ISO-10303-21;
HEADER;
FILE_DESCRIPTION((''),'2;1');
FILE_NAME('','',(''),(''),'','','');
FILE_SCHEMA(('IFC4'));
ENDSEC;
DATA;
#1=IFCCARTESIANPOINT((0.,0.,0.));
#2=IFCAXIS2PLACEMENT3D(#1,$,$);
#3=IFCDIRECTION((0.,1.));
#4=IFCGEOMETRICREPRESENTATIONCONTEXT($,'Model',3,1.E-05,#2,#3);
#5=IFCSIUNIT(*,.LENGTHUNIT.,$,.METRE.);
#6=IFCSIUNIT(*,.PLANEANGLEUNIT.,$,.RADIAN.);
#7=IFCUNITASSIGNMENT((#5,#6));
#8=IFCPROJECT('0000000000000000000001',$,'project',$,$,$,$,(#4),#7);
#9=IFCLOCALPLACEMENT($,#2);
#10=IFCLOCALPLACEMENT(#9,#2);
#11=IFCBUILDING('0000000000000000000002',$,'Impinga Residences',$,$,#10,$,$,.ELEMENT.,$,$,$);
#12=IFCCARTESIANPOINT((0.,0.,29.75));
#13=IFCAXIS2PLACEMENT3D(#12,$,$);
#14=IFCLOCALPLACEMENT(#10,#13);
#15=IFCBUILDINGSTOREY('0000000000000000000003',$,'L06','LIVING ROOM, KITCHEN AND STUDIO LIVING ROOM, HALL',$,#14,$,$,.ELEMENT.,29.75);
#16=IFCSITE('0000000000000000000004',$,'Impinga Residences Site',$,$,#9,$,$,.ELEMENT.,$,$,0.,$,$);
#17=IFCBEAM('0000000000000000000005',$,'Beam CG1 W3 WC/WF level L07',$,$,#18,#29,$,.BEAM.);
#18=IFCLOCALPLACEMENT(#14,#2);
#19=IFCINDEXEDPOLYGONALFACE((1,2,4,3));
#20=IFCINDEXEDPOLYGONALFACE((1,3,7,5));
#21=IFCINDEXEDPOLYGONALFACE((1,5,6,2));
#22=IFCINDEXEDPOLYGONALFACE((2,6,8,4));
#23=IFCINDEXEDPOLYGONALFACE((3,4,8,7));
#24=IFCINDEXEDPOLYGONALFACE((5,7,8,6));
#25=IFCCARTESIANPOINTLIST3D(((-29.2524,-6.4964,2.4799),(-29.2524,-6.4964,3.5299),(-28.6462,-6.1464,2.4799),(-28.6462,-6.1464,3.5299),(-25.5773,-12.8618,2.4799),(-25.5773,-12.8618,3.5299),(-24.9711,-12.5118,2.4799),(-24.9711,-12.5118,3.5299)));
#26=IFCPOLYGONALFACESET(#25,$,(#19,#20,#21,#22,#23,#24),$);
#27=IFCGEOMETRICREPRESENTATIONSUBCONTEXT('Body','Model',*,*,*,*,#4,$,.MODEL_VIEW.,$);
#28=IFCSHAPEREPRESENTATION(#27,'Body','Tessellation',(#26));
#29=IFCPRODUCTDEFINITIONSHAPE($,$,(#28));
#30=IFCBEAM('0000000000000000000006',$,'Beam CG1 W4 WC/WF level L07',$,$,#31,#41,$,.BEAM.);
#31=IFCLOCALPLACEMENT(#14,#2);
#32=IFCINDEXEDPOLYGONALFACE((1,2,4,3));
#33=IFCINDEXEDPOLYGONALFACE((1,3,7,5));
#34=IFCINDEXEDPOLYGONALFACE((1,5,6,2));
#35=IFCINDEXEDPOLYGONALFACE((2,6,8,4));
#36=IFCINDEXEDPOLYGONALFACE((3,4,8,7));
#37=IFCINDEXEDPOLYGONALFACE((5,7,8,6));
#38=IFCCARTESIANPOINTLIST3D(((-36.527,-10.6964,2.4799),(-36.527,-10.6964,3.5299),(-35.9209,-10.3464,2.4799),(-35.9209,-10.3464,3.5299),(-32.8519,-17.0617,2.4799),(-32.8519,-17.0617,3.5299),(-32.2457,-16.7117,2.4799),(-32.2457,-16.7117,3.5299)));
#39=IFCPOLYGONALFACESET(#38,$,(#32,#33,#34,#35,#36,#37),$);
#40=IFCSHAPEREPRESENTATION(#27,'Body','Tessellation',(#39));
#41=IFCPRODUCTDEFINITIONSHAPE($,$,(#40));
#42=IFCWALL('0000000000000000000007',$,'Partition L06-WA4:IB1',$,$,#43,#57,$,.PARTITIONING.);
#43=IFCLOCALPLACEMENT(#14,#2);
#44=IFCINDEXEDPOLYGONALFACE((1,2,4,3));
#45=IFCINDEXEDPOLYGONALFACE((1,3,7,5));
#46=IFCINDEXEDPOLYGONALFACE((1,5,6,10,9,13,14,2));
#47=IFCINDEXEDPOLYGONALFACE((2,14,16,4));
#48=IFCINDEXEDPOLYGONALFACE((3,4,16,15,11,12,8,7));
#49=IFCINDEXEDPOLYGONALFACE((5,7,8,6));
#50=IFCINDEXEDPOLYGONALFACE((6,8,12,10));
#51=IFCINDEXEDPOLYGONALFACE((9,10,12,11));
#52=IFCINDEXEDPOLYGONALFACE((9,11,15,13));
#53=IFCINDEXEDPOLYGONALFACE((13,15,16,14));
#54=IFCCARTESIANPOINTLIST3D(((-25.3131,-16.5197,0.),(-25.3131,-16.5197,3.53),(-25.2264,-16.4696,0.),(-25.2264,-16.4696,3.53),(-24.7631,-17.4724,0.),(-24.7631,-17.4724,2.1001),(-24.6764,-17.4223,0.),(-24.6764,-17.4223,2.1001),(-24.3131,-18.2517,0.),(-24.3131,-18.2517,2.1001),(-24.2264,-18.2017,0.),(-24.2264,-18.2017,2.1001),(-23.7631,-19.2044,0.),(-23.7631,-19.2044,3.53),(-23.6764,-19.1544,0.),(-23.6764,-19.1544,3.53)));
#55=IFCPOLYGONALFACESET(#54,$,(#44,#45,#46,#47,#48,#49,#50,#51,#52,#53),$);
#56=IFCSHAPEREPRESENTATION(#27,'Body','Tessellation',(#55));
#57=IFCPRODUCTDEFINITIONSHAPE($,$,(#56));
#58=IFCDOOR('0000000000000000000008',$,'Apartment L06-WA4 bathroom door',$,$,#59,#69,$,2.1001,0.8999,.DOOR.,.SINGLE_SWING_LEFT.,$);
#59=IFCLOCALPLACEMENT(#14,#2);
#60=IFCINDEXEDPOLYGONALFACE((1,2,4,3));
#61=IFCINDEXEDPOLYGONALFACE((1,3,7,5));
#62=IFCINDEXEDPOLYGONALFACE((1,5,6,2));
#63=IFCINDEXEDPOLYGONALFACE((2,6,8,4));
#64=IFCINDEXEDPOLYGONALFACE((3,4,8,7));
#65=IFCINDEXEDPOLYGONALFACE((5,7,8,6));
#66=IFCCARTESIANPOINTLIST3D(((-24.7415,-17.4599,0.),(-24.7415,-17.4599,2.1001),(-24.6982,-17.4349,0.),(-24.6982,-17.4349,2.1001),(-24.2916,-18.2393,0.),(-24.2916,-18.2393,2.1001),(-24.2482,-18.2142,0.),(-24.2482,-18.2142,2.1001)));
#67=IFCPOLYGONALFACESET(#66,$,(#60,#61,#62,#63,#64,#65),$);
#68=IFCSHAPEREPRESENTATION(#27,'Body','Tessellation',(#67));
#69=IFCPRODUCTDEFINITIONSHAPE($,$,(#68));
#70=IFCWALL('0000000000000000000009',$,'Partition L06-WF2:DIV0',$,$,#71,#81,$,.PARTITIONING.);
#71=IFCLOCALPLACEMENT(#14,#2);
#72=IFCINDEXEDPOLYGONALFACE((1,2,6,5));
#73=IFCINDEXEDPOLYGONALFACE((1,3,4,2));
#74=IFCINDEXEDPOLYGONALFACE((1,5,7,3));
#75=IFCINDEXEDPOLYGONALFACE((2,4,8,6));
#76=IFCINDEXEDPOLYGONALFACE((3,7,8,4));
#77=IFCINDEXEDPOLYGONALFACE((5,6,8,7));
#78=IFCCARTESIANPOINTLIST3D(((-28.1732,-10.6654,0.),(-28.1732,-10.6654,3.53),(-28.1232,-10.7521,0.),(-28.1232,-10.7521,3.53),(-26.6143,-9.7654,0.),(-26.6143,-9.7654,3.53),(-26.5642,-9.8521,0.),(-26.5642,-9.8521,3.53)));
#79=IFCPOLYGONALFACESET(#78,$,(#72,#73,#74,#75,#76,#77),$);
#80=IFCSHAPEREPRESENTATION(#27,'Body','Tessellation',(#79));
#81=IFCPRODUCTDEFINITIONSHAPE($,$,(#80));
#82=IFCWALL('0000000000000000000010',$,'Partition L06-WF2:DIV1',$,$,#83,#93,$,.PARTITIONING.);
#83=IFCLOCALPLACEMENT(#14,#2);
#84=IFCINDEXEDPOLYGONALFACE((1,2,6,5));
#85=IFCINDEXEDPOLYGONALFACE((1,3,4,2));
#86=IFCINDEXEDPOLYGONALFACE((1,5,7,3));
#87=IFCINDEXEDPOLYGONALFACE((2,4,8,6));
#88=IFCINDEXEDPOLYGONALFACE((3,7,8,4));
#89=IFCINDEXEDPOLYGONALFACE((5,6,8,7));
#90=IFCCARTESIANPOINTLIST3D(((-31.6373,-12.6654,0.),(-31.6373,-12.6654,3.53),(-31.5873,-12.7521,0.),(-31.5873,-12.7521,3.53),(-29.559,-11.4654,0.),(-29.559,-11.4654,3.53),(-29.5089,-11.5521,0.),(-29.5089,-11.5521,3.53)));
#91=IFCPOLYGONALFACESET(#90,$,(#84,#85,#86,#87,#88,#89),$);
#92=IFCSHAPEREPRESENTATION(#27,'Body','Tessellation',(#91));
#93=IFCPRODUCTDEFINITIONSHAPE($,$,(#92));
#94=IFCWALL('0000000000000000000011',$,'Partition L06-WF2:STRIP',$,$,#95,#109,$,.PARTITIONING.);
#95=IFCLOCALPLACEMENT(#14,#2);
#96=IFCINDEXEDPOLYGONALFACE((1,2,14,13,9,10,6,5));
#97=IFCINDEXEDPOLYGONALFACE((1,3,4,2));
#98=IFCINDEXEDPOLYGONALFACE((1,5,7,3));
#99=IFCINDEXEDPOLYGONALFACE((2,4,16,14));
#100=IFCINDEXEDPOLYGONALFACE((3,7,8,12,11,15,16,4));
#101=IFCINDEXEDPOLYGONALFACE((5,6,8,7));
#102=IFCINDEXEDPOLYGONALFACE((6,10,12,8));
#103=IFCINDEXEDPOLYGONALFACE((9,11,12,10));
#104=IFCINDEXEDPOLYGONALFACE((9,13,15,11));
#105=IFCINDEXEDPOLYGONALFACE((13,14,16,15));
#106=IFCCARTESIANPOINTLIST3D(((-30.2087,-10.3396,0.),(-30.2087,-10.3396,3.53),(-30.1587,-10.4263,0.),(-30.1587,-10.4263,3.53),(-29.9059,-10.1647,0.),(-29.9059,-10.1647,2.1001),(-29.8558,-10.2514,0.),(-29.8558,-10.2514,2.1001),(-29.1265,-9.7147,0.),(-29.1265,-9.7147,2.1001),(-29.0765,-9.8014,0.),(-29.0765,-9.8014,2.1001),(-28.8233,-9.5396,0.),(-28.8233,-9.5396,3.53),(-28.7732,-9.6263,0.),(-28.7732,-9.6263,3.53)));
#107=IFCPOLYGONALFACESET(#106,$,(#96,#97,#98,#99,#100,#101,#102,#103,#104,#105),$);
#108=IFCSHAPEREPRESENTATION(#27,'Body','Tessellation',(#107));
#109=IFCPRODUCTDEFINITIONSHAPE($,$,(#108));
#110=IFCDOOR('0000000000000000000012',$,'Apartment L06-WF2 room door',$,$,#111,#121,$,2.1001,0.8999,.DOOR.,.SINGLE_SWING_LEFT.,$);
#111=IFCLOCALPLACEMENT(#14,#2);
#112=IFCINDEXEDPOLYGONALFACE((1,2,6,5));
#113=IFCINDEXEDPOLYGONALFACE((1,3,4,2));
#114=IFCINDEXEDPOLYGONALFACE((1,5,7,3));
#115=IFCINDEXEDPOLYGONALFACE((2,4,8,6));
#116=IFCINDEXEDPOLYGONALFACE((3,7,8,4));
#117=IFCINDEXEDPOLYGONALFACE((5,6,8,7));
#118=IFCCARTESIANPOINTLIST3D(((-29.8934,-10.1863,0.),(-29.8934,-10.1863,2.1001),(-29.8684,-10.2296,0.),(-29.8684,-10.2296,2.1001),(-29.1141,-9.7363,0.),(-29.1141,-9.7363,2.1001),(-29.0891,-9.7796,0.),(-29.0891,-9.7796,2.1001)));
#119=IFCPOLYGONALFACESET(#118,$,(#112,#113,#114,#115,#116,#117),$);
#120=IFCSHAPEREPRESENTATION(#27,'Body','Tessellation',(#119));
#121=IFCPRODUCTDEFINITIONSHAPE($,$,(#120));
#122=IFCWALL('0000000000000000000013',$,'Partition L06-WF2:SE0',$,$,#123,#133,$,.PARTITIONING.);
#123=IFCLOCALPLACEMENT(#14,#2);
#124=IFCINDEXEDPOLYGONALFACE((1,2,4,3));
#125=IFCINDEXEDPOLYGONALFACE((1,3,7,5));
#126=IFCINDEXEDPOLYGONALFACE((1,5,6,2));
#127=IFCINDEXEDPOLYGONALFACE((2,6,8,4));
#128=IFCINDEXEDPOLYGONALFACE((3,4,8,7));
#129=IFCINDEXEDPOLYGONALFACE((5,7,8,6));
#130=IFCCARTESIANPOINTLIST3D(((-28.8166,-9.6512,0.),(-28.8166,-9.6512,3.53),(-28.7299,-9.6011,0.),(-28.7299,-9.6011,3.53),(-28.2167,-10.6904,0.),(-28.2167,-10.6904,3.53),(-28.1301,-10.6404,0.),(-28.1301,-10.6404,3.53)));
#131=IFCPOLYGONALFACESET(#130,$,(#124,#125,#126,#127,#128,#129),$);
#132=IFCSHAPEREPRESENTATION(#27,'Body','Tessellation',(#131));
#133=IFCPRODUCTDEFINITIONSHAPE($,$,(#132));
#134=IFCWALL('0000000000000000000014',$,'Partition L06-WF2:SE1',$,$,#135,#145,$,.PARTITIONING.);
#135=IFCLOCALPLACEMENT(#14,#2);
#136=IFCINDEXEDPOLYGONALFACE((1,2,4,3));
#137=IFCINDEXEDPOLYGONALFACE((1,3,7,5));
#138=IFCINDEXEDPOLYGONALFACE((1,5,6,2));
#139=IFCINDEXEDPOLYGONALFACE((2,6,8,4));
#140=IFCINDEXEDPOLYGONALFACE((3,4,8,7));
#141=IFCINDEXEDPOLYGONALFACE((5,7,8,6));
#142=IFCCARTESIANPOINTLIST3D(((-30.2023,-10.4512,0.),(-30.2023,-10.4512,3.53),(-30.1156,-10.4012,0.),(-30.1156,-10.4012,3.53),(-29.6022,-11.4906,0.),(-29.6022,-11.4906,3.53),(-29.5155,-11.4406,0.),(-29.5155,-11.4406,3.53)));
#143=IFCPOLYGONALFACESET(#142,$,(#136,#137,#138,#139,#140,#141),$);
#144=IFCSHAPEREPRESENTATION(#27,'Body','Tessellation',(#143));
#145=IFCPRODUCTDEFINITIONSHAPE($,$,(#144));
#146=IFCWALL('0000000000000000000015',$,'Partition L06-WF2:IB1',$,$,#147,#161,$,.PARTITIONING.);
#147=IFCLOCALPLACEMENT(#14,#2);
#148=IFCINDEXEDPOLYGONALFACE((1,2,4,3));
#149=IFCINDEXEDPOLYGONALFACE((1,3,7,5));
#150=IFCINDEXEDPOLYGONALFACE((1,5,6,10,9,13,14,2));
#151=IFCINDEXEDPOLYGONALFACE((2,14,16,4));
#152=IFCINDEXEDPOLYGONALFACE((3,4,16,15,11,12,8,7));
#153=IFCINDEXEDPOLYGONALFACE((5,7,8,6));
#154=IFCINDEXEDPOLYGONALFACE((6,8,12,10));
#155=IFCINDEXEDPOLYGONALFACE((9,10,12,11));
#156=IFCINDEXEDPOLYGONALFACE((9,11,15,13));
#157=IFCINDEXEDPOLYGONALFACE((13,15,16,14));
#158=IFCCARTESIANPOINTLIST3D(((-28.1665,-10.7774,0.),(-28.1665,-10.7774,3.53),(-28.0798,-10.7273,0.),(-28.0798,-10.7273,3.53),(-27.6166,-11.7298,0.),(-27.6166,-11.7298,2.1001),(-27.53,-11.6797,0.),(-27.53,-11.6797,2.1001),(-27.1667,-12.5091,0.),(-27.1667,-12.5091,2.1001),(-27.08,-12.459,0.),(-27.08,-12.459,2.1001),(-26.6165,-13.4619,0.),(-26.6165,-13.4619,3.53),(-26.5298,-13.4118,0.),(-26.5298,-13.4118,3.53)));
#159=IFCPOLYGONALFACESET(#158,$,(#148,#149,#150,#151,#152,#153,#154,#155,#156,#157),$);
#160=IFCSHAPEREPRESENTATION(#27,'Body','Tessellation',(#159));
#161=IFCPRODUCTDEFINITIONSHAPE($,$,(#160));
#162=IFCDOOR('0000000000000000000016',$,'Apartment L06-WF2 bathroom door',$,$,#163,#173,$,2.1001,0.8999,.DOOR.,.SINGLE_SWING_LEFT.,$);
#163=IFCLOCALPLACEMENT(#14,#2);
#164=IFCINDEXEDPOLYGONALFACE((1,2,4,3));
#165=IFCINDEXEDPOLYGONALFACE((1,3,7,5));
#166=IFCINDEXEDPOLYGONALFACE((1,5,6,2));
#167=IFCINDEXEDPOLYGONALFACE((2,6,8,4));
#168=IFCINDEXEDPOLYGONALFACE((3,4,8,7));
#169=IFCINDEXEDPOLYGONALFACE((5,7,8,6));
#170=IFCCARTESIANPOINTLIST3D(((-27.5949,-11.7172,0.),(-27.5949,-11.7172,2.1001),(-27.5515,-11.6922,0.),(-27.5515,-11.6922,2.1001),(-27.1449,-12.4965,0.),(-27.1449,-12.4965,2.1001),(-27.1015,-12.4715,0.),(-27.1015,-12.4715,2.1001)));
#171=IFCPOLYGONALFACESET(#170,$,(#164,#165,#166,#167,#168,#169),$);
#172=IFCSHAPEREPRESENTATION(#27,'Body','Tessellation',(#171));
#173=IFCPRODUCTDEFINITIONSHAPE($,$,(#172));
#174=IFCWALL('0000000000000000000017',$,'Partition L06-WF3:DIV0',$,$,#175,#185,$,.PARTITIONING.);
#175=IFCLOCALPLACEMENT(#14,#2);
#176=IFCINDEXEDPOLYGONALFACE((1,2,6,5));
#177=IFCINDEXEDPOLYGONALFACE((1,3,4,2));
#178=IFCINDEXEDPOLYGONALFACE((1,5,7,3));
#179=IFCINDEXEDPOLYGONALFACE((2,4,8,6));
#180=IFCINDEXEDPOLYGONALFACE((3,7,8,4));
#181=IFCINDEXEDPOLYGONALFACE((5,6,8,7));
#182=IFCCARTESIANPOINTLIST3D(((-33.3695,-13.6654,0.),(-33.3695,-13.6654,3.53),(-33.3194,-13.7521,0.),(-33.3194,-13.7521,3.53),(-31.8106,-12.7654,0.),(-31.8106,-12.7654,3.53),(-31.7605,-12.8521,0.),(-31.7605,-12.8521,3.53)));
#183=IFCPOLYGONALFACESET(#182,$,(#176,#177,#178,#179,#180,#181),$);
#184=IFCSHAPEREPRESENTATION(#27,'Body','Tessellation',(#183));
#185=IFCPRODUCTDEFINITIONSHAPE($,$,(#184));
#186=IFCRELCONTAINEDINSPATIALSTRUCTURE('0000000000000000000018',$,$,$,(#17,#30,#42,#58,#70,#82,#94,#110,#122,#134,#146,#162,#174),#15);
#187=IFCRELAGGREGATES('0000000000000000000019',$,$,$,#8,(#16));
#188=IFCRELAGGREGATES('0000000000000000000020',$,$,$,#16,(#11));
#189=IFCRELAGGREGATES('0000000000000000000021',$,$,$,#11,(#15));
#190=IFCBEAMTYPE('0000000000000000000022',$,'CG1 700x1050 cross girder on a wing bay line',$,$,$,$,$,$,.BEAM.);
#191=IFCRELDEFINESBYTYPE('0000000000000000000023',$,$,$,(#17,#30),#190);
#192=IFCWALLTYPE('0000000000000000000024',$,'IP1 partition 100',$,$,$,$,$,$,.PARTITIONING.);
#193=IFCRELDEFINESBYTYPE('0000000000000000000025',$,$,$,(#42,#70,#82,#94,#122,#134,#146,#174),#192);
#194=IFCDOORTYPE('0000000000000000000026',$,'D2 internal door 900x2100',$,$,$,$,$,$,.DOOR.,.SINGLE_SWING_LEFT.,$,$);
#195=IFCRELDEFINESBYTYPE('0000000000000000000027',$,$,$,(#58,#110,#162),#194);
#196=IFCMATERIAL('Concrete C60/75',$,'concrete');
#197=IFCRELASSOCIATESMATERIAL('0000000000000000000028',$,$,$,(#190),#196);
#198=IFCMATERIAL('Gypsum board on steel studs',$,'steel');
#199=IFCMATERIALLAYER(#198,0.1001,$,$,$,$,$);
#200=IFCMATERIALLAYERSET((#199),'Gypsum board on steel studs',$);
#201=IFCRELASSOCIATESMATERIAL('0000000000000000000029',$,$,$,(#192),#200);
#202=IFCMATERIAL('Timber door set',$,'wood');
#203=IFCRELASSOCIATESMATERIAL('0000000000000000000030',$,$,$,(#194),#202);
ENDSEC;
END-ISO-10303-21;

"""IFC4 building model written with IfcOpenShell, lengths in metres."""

from ifc_helpers import new_model, si_unit, direction, frame, frame_2d, origin, origin_2d, place, context, subcontext, project, spatial, rectangle, extrude, material, layer, layer_set, material_profile, profile_set, type_object, element, fill, save


model = new_model("IFC4")

# Units and contexts
model_context = context("Model", 3, precision=1e-05, world=origin(), true_north=direction((0.0, 1.0)))
body_context = subcontext(model_context, "Body", "Model", "MODEL_VIEW")
ifc_project = project(units=[si_unit("LENGTHUNIT", "METRE"), si_unit("PLANEANGLEUNIT", "RADIAN")], contexts=[model_context])

# Site, building, storey
site_placement = place(None, origin())
site = spatial("IfcSite", under=ifc_project, at=site_placement, Name="Impinga Residences Site", CompositionType="ELEMENT", RefElevation=0.0)
building_placement = place(site_placement, origin())
building = spatial("IfcBuilding", under=site, at=building_placement, Name="Impinga Residences", CompositionType="ELEMENT")
storey_placement = place(building_placement, frame((0.0, 0.0, 29.75)))
storey = spatial("IfcBuildingStorey", under=building, at=storey_placement, Name="L06", Description="LIVING ROOM, KITCHEN AND STUDIO LIVING ROOM, HALL", CompositionType="ELEMENT", Elevation=29.75)

# Beams
ifc_material_1 = material(Name="Concrete C60/75", Category="concrete")
ifc_material_profile = material_profile(ifc_material_1, rectangle(XDim=0.7, YDim=1.05, at=origin_2d()), Name="RC 700x1050")
ifc_profile_set = profile_set([ifc_material_profile], Name="Concrete C60/75")
beam_type = type_object("IfcBeamType", Name="CG1 700x1050 cross girder on a wing bay line", PredefinedType="BEAM", material=ifc_profile_set)
for number, where, z_axis, x_axis, name in (
    (1, (-25.2742, -12.6868, 3.0049), (-0.500008, 0.866021, 0.0), (-0.866021, -0.500008, 0.0), "Beam CG1 W3 WC/WF level L07"),
    (2, (-32.5488, -16.8867, 3.0049), (-0.500008, 0.866021, 0.0), (-0.866021, -0.500008, 0.0), "Beam CG1 W4 WC/WF level L07"),
):
    element("IfcBeam", number, at=place(storey_placement, frame(where, z_axis=z_axis, x_axis=x_axis)), inside=storey, type_object=beam_type, Name=name, PredefinedType="BEAM", context=body_context, shape_type="SweptSolid", body=[
        extrude(rectangle(XDim=0.7, YDim=1.05, at=origin_2d()), origin(), (0.0, 0.0, 1.0), 7.3501),
    ])

# Wall, opening, door
ifc_material_2 = material(Name="Gypsum board on steel studs", Category="steel")
ifc_layer_1 = layer(ifc_material_2, 0.1001)
ifc_layer_set_1 = layer_set([ifc_layer_1], Name="Gypsum board on steel studs")
wall_type_1 = type_object("IfcWallType", Name="IP1 partition 100", PredefinedType="PARTITIONING", material=ifc_layer_set_1)
wall_1_placement = place(storey_placement, frame((-25.2698, -16.4946, 0.0), z_axis=(0.0, 0.0, 1.0), x_axis=(0.499993, -0.86603, 0.0)))
wall_1 = element("IfcWall", 3, at=wall_1_placement, inside=storey, type_object=wall_type_1, Name="Partition L06-WA4:IB1", PredefinedType="PARTITIONING", context=body_context, shape_type="SweptSolid", body=[
    extrude(rectangle(XDim=3.1001, YDim=0.1001, at=frame_2d((1.55, 0.0))), origin(), (0.0, 0.0, 1.0), 3.53),
])
opening_1_placement = place(wall_1_placement, frame((1.1001, 0.0, 0.0)))
opening_1 = element("IfcOpeningElement", 4, at=opening_1_placement, cuts=wall_1, PredefinedType="OPENING", context=body_context, shape_type="SweptSolid", body=[
    extrude(rectangle(XDim=0.8999, YDim=2.1001, at=frame_2d((0.45, 1.05))), frame((0.0, 0.0601, 0.0), z_axis=(0.0, -1.0, 0.0), x_axis=(1.0, 0.0, 0.0)), (0.0, 0.0, 1.0), 0.1201),
])
ifc_material_3 = material(Name="Timber door set", Category="wood")
door_type = type_object("IfcDoorType", Name="D2 internal door 900x2100", OperationType="SINGLE_SWING_LEFT", PredefinedType="DOOR", material=ifc_material_3)
door_1_placement = place(opening_1_placement, origin())
door_1 = element("IfcDoor", 5, at=door_1_placement, inside=storey, type_object=door_type, Name="Apartment L06-WA4 bathroom door", OperationType="SINGLE_SWING_LEFT", OverallHeight=2.1001, OverallWidth=0.8999, PredefinedType="DOOR", context=body_context, shape_type="SweptSolid", body=[
    extrude(rectangle(XDim=0.8999, YDim=2.1001, at=frame_2d((0.45, 1.05))), frame((0.0, 0.0249, 0.0), z_axis=(0.0, -1.0, 0.0), x_axis=(1.0, 0.0, 0.0)), (0.0, 0.0, 1.0), 0.05),
])
fill(opening_1, door_1)

# Walls
wall_2_placement = place(storey_placement, frame((-26.5894, -9.8088, 0.0), z_axis=(0.0, 0.0, 1.0), x_axis=(-0.866048, -0.499961, 0.0)))
element("IfcWall", 6, at=wall_2_placement, inside=storey, type_object=wall_type_1, Name="Partition L06-WF2:DIV0", PredefinedType="PARTITIONING", context=body_context, shape_type="SweptSolid", body=[
    extrude(rectangle(XDim=1.8, YDim=0.1001, at=frame_2d((0.8999, 0.0))), origin(), (0.0, 0.0, 1.0), 3.53),
])
wall_3_placement = place(storey_placement, frame((-29.5339, -11.5088, 0.0), z_axis=(0.0, 0.0, 1.0), x_axis=(-0.866025, -0.500001, 0.0)))
element("IfcWall", 7, at=wall_3_placement, inside=storey, type_object=wall_type_1, Name="Partition L06-WF2:DIV1", PredefinedType="PARTITIONING", context=body_context, shape_type="SweptSolid", body=[
    extrude(rectangle(XDim=2.3999, YDim=0.1001, at=frame_2d((1.2, 0.0))), origin(), (0.0, 0.0, 1.0), 3.53),
])

# Wall, opening, door
wall_4_placement = place(storey_placement, frame((-28.7983, -9.583, 0.0), z_axis=(0.0, 0.0, 1.0), x_axis=(-0.86599, -0.500061, 0.0)))
wall_4 = element("IfcWall", 8, at=wall_4_placement, inside=storey, type_object=wall_type_1, Name="Partition L06-WF2:STRIP", PredefinedType="PARTITIONING", context=body_context, shape_type="SweptSolid", body=[
    extrude(rectangle(XDim=1.5999, YDim=0.1001, at=frame_2d((0.7998, 0.0))), origin(), (0.0, 0.0, 1.0), 3.53),
])
opening_2_placement = place(wall_4_placement, frame((0.3501, 0.0, 0.0)))
opening_2 = element("IfcOpeningElement", 9, at=opening_2_placement, cuts=wall_4, PredefinedType="OPENING", context=body_context, shape_type="SweptSolid", body=[
    extrude(rectangle(XDim=0.8999, YDim=2.1001, at=frame_2d((0.45, 1.05))), frame((0.0, 0.0601, 0.0), z_axis=(0.0, -1.0, 0.0), x_axis=(1.0, 0.0, 0.0)), (0.0, 0.0, 1.0), 0.1201),
])
door_2_placement = place(opening_2_placement, origin())
door_2 = element("IfcDoor", 10, at=door_2_placement, inside=storey, type_object=door_type, Name="Apartment L06-WF2 room door", OperationType="SINGLE_SWING_LEFT", OverallHeight=2.1001, OverallWidth=0.8999, PredefinedType="DOOR", context=body_context, shape_type="SweptSolid", body=[
    extrude(rectangle(XDim=0.8999, YDim=2.1001, at=frame_2d((0.45, 1.05))), frame((0.0, 0.0249, 0.0), z_axis=(0.0, -1.0, 0.0), x_axis=(1.0, 0.0, 0.0)), (0.0, 0.0, 1.0), 0.05),
])
fill(opening_2, door_2)

# Walls
wall_5_placement = place(storey_placement, frame((-28.1733, -10.6655, 0.0), z_axis=(0.0, 0.0, 1.0), x_axis=(-0.499881, 0.866094, 0.0)))
element("IfcWall", 11, at=wall_5_placement, inside=storey, type_object=wall_type_1, Name="Partition L06-WF2:SE0", PredefinedType="PARTITIONING", context=body_context, shape_type="SweptSolid", body=[
    extrude(rectangle(XDim=1.2, YDim=0.1001, at=frame_2d((0.6001, 0.0))), origin(), (0.0, 0.0, 1.0), 3.53),
])
wall_6_placement = place(storey_placement, frame((-29.5588, -11.4656, 0.0), z_axis=(0.0, 0.0, 1.0), x_axis=(-0.500034, 0.866006, 0.0)))
element("IfcWall", 12, at=wall_6_placement, inside=storey, type_object=wall_type_1, Name="Partition L06-WF2:SE1", PredefinedType="PARTITIONING", context=body_context, shape_type="SweptSolid", body=[
    extrude(rectangle(XDim=1.2002, YDim=0.1001, at=frame_2d((0.6001, 0.0))), origin(), (0.0, 0.0, 1.0), 3.53),
])

# Wall, opening, door
wall_7_placement = place(storey_placement, frame((-26.5732, -13.4368, 0.0), z_axis=(0.0, 0.0, 1.0), x_axis=(-0.500027, 0.86601, 0.0)))
wall_7 = element("IfcWall", 13, at=wall_7_placement, inside=storey, type_object=wall_type_1, Name="Partition L06-WF2:IB1", PredefinedType="PARTITIONING", context=body_context, shape_type="SweptSolid", body=[
    extrude(rectangle(XDim=3.0999, YDim=0.1001, at=frame_2d((1.5498, 0.0))), origin(), (0.0, 0.0, 1.0), 3.53),
])
opening_3_placement = place(wall_7_placement, frame((1.1001, 0.0, 0.0)))
opening_3 = element("IfcOpeningElement", 14, at=opening_3_placement, cuts=wall_7, PredefinedType="OPENING", context=body_context, shape_type="SweptSolid", body=[
    extrude(rectangle(XDim=0.8999, YDim=2.1001, at=frame_2d((0.45, 1.05))), frame((0.0, 0.0601, 0.0), z_axis=(0.0, -1.0, 0.0), x_axis=(1.0, 0.0, 0.0)), (0.0, 0.0, 1.0), 0.1201),
])
door_3_placement = place(opening_3_placement, origin())
door_3 = element("IfcDoor", 15, at=door_3_placement, inside=storey, type_object=door_type, Name="Apartment L06-WF2 bathroom door", OperationType="SINGLE_SWING_LEFT", OverallHeight=2.1001, OverallWidth=0.8999, PredefinedType="DOOR", context=body_context, shape_type="SweptSolid", body=[
    extrude(rectangle(XDim=0.8999, YDim=2.1001, at=frame_2d((0.45, 1.05))), frame((0.0, 0.0249, 0.0), z_axis=(0.0, -1.0, 0.0), x_axis=(1.0, 0.0, 0.0)), (0.0, 0.0, 1.0), 0.05),
])
fill(opening_3, door_3)

# Wall
wall_8_placement = place(storey_placement, frame((-31.7856, -12.8088, 0.0), z_axis=(0.0, 0.0, 1.0), x_axis=(-0.866048, -0.499961, 0.0)))
element("IfcWall", 16, at=wall_8_placement, inside=storey, type_object=wall_type_1, Name="Partition L06-WF3:DIV0", PredefinedType="PARTITIONING", context=body_context, shape_type="SweptSolid", body=[
    extrude(rectangle(XDim=1.8, YDim=0.1001, at=frame_2d((0.8999, 0.0))), origin(), (0.0, 0.0, 1.0), 3.53),
])

save(model, "model.ifc")
